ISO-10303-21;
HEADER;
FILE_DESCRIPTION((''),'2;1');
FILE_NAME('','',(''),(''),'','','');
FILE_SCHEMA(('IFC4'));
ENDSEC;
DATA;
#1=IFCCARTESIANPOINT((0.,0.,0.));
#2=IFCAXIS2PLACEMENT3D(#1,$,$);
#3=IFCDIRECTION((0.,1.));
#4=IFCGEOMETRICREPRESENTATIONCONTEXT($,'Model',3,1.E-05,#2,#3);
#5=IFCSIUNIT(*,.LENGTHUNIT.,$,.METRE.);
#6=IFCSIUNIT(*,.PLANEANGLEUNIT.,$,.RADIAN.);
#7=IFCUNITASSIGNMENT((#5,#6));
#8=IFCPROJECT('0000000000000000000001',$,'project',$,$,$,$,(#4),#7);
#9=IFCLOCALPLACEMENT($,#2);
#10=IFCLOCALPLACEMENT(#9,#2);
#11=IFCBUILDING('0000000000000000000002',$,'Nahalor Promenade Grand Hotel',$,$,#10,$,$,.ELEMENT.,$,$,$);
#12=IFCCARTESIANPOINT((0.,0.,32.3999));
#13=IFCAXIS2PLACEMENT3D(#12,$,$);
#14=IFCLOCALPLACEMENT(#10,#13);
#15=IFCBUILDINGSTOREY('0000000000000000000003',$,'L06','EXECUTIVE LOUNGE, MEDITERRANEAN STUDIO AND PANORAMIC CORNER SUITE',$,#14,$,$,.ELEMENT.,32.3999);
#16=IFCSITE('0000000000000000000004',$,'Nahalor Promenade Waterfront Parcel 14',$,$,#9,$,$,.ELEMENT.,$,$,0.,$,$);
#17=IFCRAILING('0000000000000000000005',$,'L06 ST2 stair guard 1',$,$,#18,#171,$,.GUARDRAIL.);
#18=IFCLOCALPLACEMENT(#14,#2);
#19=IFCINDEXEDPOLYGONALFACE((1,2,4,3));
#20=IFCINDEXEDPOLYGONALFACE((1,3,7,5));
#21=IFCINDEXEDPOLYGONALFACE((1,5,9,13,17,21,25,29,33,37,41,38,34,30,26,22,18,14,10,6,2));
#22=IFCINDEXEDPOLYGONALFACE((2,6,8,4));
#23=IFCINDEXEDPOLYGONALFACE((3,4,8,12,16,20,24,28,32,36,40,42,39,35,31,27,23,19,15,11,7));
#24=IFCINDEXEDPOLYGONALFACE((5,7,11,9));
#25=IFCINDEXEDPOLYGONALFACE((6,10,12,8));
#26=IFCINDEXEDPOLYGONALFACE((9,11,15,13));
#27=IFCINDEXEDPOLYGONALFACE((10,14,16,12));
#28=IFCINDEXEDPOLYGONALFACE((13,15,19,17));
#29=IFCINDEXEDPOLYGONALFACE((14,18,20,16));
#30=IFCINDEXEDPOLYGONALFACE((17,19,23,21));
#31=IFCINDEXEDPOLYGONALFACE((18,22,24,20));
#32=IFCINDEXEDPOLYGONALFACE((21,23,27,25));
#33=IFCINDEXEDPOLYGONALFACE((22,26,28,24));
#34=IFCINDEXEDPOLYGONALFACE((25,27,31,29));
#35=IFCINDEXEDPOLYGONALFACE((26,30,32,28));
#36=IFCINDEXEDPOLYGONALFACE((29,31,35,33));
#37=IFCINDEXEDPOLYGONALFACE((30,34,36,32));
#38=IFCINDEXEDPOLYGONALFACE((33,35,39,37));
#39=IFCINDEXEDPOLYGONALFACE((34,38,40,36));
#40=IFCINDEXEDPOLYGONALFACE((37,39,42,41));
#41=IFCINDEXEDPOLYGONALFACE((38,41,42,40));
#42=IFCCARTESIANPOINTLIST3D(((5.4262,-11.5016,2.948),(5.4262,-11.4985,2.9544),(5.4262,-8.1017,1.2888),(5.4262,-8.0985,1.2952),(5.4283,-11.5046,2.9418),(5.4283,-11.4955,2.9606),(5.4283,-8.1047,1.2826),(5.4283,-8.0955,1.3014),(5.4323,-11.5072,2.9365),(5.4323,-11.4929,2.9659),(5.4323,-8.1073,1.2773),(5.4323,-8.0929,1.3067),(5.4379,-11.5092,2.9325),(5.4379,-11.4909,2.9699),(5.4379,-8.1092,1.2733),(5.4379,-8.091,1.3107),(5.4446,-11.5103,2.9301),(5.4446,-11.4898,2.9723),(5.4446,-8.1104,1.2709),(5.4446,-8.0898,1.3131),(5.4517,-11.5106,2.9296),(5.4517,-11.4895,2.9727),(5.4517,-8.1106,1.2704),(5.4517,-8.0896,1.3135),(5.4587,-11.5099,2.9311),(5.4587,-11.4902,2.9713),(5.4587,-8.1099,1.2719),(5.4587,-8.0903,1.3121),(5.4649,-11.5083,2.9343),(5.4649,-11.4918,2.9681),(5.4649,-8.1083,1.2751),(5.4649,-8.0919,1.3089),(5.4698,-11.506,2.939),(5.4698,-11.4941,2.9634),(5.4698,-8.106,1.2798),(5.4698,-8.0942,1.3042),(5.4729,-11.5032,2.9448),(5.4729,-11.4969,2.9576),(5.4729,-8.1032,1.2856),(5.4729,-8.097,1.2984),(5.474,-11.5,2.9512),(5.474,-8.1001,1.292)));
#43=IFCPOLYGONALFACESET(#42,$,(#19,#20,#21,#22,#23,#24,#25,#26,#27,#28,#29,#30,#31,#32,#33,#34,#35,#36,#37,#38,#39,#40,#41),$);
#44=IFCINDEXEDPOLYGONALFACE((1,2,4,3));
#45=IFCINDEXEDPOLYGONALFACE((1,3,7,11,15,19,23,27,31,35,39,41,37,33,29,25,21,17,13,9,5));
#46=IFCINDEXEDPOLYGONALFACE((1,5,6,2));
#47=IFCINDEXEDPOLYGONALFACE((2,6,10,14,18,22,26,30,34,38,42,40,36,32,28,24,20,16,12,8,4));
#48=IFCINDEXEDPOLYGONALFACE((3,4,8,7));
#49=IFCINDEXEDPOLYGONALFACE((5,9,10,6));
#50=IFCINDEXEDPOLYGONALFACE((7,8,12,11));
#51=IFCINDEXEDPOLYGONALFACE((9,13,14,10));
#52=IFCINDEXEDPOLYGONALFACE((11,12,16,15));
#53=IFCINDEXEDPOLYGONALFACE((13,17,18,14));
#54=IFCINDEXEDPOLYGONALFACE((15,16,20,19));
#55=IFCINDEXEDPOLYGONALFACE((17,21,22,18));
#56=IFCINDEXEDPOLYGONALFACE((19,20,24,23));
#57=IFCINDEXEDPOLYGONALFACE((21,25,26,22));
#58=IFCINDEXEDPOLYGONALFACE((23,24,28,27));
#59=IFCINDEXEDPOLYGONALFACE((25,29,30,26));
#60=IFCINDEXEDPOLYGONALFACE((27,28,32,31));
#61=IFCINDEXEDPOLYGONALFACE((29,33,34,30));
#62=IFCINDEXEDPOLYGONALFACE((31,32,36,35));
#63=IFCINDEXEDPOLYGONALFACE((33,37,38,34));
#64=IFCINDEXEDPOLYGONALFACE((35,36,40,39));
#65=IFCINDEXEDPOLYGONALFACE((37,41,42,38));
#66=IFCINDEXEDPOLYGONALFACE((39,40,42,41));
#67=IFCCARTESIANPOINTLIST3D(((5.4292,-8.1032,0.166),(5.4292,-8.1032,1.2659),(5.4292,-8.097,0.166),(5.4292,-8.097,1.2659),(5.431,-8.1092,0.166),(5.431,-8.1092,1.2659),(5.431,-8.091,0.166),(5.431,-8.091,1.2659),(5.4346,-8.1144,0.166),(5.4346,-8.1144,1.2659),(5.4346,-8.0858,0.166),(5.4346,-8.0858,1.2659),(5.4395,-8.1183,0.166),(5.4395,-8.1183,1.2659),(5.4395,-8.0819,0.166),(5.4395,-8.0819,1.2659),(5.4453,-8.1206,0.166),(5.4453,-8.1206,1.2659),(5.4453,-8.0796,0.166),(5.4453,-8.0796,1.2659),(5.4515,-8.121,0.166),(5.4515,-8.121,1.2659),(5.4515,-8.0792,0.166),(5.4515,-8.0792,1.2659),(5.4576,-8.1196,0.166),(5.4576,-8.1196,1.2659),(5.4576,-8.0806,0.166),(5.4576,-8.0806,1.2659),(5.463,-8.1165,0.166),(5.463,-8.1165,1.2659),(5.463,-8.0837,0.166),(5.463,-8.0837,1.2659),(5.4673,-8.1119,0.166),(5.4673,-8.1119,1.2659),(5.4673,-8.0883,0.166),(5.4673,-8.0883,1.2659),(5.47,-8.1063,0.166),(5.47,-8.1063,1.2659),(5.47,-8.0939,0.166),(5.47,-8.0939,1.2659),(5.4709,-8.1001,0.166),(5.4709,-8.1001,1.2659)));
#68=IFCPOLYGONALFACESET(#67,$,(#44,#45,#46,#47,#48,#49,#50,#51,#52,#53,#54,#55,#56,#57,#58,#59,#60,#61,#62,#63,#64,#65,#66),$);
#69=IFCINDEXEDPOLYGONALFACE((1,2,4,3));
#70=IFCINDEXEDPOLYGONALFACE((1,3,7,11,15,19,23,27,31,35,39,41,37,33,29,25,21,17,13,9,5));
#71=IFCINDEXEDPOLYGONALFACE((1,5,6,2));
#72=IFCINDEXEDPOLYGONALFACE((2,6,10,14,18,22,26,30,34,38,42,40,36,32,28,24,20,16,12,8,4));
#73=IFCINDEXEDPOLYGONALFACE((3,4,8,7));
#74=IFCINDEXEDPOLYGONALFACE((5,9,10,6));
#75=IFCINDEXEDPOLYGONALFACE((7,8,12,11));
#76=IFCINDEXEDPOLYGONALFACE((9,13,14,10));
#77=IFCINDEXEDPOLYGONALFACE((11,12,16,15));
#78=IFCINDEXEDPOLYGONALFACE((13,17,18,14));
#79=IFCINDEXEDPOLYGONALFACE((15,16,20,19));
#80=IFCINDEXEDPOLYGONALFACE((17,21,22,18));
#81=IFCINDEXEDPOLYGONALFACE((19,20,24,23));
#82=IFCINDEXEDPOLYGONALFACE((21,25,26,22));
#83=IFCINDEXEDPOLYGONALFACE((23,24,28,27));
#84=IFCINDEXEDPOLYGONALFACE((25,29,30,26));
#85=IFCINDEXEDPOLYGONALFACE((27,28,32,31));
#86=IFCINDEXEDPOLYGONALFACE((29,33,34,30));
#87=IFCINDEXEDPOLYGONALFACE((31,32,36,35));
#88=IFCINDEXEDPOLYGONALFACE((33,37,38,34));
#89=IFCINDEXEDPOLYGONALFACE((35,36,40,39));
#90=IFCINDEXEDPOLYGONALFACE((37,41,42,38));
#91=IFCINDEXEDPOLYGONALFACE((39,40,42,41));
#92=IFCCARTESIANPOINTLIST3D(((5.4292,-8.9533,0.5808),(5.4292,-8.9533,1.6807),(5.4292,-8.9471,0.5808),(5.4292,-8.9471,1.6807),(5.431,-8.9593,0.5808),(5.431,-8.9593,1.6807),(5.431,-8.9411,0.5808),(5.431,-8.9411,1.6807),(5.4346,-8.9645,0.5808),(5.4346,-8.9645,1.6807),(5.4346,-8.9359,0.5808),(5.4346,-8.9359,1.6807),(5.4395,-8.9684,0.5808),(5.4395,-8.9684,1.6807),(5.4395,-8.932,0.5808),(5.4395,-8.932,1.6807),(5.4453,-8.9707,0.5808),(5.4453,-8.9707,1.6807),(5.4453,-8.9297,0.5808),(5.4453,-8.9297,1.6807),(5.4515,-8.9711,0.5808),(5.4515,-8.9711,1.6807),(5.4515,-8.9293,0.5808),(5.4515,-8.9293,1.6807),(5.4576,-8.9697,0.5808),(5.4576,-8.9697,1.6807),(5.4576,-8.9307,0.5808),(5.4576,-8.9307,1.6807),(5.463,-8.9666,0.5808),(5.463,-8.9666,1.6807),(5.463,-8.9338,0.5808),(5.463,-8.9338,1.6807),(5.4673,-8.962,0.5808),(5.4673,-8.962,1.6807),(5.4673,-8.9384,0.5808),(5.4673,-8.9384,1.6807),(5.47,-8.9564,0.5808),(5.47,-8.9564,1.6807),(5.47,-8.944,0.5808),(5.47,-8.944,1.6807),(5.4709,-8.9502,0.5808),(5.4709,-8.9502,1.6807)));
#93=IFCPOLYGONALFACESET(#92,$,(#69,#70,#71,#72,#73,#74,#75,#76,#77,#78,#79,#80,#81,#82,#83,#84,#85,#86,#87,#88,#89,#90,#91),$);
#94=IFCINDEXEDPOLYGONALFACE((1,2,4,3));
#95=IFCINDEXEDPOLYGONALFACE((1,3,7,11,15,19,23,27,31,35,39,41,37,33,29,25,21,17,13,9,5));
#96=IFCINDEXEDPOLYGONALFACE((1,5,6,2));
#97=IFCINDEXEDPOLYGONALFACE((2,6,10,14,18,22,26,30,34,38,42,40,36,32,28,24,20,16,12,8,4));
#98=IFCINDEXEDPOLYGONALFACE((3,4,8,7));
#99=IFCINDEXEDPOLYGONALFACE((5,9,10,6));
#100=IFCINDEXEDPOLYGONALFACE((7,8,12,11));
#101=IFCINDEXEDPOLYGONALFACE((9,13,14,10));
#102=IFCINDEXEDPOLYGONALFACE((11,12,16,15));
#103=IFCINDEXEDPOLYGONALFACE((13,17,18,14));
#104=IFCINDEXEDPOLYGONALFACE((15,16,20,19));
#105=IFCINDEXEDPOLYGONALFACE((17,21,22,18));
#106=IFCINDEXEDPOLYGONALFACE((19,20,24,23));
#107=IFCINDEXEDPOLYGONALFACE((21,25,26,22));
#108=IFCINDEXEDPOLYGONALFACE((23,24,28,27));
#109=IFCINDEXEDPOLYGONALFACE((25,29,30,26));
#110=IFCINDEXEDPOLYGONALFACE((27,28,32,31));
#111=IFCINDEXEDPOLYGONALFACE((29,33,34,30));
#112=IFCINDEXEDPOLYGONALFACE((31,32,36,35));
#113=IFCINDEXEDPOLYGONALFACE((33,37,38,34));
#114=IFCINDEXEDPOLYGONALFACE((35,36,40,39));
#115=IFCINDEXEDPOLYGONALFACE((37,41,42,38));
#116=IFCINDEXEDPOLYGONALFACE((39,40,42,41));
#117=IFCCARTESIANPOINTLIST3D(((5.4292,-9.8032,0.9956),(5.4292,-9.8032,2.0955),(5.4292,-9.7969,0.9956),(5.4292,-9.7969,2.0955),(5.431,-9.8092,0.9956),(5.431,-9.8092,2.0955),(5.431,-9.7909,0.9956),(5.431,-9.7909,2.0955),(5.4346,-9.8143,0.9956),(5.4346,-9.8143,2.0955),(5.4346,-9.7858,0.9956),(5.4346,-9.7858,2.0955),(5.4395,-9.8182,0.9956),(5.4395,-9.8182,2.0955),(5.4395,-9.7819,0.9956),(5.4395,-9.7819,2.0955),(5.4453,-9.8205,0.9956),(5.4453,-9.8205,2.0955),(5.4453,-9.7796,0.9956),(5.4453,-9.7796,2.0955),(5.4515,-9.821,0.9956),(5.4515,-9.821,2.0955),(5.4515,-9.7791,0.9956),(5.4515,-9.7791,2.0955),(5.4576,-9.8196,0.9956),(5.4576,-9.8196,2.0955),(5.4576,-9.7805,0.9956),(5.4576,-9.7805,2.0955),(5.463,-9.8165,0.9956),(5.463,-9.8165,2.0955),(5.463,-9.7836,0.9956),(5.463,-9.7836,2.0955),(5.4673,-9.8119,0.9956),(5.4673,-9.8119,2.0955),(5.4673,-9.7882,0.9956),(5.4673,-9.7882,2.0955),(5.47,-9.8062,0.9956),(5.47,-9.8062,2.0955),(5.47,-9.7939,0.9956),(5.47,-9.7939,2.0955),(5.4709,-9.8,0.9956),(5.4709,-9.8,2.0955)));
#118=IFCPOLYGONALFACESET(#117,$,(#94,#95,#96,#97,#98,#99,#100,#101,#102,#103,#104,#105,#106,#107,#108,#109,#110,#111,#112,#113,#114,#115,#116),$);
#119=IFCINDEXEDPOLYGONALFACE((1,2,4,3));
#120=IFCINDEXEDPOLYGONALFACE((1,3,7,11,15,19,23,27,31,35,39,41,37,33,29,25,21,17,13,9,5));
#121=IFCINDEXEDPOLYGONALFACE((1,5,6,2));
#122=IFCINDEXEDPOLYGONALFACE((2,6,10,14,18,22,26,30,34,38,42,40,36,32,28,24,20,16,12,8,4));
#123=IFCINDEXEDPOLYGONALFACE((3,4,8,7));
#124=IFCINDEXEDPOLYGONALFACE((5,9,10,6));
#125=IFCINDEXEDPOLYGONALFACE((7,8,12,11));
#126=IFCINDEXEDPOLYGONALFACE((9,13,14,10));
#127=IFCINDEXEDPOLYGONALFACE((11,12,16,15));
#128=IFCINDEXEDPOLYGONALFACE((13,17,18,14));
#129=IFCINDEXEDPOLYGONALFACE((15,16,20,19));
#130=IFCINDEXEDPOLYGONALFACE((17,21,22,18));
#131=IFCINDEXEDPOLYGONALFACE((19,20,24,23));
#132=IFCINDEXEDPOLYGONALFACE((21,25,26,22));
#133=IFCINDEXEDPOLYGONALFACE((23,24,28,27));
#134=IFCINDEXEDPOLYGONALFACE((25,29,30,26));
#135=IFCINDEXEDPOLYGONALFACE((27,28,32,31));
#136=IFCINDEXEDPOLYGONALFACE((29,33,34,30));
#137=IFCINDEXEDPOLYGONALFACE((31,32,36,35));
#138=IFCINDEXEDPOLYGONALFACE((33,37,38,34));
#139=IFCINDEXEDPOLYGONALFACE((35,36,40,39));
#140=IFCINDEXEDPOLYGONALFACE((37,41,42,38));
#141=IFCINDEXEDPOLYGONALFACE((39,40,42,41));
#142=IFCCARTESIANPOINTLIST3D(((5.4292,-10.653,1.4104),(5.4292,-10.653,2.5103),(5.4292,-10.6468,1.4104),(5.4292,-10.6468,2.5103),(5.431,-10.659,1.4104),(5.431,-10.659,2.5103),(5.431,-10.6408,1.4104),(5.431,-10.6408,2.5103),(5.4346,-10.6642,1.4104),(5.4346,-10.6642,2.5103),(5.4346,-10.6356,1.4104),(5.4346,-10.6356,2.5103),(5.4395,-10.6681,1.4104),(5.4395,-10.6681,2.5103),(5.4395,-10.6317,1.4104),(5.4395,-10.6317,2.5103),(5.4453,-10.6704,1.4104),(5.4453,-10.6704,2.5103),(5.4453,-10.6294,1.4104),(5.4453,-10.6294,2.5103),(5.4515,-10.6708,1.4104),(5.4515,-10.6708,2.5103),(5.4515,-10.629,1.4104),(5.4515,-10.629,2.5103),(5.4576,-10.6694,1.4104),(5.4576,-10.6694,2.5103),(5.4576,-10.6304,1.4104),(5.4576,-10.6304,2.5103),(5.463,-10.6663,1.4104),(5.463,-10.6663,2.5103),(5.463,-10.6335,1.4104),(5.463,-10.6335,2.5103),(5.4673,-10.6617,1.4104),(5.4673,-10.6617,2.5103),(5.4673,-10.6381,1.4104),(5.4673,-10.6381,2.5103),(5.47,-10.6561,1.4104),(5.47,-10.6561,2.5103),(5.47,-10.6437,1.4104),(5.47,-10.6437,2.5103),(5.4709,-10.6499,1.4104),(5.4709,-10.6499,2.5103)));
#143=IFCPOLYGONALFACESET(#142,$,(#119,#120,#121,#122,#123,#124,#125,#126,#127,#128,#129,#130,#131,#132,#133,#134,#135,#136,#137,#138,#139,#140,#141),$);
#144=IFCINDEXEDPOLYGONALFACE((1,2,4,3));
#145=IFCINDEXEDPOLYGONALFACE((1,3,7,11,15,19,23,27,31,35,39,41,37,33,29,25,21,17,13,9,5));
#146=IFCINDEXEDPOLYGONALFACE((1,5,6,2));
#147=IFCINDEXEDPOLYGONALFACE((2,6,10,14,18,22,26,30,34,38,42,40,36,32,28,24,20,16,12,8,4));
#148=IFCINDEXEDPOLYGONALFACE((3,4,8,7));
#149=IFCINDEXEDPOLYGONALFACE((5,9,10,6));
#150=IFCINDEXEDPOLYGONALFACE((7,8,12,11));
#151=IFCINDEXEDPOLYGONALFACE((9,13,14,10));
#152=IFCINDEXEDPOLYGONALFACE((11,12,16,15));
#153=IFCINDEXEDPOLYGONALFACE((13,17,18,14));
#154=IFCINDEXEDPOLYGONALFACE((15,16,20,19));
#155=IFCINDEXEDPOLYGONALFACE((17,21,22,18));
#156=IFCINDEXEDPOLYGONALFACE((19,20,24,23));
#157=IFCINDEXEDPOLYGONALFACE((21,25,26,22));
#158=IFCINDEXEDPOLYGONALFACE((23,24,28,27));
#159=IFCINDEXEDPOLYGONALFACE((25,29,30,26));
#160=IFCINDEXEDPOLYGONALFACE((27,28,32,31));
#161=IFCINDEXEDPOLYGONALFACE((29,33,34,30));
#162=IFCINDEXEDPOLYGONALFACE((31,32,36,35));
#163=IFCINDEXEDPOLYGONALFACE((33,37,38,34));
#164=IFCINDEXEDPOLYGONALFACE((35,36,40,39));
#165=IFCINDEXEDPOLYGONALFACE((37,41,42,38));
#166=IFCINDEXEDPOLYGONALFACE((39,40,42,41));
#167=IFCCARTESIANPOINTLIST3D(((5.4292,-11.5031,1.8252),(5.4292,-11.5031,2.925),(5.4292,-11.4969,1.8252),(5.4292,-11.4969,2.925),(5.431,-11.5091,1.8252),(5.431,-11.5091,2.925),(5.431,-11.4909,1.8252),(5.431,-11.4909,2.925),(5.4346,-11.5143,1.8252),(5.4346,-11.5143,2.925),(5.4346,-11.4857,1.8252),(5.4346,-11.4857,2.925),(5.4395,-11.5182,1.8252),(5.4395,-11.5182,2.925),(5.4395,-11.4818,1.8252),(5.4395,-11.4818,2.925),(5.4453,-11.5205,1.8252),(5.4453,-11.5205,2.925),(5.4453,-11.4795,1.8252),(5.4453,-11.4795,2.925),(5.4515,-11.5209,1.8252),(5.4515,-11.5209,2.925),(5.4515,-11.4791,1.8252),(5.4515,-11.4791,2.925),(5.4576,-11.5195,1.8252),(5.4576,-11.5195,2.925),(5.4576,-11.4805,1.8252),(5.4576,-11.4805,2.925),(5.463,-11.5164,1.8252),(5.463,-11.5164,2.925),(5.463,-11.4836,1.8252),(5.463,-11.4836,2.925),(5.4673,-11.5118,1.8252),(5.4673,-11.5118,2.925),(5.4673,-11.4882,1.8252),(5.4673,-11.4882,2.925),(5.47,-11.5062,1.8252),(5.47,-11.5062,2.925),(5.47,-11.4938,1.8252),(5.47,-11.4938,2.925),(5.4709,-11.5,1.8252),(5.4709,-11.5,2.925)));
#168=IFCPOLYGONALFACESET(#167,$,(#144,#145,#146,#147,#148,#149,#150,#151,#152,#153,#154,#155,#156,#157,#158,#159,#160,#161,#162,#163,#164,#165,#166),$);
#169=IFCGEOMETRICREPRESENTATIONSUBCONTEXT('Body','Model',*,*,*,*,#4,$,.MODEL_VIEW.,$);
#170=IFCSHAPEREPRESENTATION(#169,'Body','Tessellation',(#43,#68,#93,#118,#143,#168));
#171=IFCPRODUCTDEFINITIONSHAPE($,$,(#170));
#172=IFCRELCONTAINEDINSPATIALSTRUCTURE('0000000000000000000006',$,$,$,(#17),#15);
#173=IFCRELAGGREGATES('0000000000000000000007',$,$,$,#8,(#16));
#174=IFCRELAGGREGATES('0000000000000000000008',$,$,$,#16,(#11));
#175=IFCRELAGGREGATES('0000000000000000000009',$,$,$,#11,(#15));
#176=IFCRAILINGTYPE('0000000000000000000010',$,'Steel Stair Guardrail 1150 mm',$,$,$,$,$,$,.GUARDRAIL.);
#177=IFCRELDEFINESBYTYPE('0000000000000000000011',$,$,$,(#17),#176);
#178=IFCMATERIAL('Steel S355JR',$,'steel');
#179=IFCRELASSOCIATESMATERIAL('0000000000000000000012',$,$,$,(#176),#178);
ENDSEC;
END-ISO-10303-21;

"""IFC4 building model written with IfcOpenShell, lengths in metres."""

from ifc_helpers import new_model, si_unit, direction, frame, origin, origin_2d, place, context, subcontext, project, spatial, circle, extrude, material, type_object, element, save


model = new_model("IFC4")

# Units and contexts
model_context = context("Model", 3, precision=1e-05, world=origin(), true_north=direction((0.0, 1.0)))
body_context = subcontext(model_context, "Body", "Model", "MODEL_VIEW")
ifc_project = project(units=[si_unit("LENGTHUNIT", "METRE"), si_unit("PLANEANGLEUNIT", "RADIAN")], contexts=[model_context])

# Site, building, storey
site_placement = place(None, origin())
site = spatial("IfcSite", under=ifc_project, at=site_placement, Name="Nahalor Promenade Waterfront Parcel 14", CompositionType="ELEMENT", RefElevation=0.0)
building_placement = place(site_placement, origin())
building = spatial("IfcBuilding", under=site, at=building_placement, Name="Nahalor Promenade Grand Hotel", CompositionType="ELEMENT")
storey_placement = place(building_placement, frame((0.0, 0.0, 32.3999)))
storey = spatial("IfcBuildingStorey", under=building, at=storey_placement, Name="L06", Description="EXECUTIVE LOUNGE, MEDITERRANEAN STUDIO AND PANORAMIC CORNER SUITE", CompositionType="ELEMENT", Elevation=32.3999)

# Shared definitions
ifc_material_1 = material(Name="Steel S355JR", Category="steel")

# Railing
railing_type_1 = type_object("IfcRailingType", Name="Steel Stair Guardrail 1150 mm", PredefinedType="GUARDRAIL", material=ifc_material_1)
railing_1_placement = place(storey_placement, frame((5.45, -8.1001, 0.166)))
element("IfcRailing", 1, at=railing_1_placement, inside=storey, type_object=railing_type_1, Name="L06 ST2 stair guard 1", PredefinedType="GUARDRAIL", context=body_context, shape_type="SweptSolid", body=[
    extrude(circle(Radius=0.024, at=origin_2d()), frame((0.0, 0.0, 1.126), z_axis=(0.0, -0.898696, 0.438571), x_axis=(1.0, 0.0, 0.0)), (0.0, 0.0, 1.0), 3.7832),
    extrude(circle(Radius=0.021, at=origin_2d()), origin(), (0.0, 0.0, 1.0), 1.0999),
    extrude(circle(Radius=0.021, at=origin_2d()), frame((0.0, -0.8501, 0.4148)), (0.0, 0.0, 1.0), 1.0999),
    extrude(circle(Radius=0.021, at=origin_2d()), frame((0.0, -1.7, 0.8296)), (0.0, 0.0, 1.0), 1.0999),
    extrude(circle(Radius=0.021, at=origin_2d()), frame((0.0, -2.5498, 1.2444)), (0.0, 0.0, 1.0), 1.0999),
    extrude(circle(Radius=0.021, at=origin_2d()), frame((0.0, -3.3999, 1.6592)), (0.0, 0.0, 1.0), 1.0999),
])

save(model, "model.ifc")
